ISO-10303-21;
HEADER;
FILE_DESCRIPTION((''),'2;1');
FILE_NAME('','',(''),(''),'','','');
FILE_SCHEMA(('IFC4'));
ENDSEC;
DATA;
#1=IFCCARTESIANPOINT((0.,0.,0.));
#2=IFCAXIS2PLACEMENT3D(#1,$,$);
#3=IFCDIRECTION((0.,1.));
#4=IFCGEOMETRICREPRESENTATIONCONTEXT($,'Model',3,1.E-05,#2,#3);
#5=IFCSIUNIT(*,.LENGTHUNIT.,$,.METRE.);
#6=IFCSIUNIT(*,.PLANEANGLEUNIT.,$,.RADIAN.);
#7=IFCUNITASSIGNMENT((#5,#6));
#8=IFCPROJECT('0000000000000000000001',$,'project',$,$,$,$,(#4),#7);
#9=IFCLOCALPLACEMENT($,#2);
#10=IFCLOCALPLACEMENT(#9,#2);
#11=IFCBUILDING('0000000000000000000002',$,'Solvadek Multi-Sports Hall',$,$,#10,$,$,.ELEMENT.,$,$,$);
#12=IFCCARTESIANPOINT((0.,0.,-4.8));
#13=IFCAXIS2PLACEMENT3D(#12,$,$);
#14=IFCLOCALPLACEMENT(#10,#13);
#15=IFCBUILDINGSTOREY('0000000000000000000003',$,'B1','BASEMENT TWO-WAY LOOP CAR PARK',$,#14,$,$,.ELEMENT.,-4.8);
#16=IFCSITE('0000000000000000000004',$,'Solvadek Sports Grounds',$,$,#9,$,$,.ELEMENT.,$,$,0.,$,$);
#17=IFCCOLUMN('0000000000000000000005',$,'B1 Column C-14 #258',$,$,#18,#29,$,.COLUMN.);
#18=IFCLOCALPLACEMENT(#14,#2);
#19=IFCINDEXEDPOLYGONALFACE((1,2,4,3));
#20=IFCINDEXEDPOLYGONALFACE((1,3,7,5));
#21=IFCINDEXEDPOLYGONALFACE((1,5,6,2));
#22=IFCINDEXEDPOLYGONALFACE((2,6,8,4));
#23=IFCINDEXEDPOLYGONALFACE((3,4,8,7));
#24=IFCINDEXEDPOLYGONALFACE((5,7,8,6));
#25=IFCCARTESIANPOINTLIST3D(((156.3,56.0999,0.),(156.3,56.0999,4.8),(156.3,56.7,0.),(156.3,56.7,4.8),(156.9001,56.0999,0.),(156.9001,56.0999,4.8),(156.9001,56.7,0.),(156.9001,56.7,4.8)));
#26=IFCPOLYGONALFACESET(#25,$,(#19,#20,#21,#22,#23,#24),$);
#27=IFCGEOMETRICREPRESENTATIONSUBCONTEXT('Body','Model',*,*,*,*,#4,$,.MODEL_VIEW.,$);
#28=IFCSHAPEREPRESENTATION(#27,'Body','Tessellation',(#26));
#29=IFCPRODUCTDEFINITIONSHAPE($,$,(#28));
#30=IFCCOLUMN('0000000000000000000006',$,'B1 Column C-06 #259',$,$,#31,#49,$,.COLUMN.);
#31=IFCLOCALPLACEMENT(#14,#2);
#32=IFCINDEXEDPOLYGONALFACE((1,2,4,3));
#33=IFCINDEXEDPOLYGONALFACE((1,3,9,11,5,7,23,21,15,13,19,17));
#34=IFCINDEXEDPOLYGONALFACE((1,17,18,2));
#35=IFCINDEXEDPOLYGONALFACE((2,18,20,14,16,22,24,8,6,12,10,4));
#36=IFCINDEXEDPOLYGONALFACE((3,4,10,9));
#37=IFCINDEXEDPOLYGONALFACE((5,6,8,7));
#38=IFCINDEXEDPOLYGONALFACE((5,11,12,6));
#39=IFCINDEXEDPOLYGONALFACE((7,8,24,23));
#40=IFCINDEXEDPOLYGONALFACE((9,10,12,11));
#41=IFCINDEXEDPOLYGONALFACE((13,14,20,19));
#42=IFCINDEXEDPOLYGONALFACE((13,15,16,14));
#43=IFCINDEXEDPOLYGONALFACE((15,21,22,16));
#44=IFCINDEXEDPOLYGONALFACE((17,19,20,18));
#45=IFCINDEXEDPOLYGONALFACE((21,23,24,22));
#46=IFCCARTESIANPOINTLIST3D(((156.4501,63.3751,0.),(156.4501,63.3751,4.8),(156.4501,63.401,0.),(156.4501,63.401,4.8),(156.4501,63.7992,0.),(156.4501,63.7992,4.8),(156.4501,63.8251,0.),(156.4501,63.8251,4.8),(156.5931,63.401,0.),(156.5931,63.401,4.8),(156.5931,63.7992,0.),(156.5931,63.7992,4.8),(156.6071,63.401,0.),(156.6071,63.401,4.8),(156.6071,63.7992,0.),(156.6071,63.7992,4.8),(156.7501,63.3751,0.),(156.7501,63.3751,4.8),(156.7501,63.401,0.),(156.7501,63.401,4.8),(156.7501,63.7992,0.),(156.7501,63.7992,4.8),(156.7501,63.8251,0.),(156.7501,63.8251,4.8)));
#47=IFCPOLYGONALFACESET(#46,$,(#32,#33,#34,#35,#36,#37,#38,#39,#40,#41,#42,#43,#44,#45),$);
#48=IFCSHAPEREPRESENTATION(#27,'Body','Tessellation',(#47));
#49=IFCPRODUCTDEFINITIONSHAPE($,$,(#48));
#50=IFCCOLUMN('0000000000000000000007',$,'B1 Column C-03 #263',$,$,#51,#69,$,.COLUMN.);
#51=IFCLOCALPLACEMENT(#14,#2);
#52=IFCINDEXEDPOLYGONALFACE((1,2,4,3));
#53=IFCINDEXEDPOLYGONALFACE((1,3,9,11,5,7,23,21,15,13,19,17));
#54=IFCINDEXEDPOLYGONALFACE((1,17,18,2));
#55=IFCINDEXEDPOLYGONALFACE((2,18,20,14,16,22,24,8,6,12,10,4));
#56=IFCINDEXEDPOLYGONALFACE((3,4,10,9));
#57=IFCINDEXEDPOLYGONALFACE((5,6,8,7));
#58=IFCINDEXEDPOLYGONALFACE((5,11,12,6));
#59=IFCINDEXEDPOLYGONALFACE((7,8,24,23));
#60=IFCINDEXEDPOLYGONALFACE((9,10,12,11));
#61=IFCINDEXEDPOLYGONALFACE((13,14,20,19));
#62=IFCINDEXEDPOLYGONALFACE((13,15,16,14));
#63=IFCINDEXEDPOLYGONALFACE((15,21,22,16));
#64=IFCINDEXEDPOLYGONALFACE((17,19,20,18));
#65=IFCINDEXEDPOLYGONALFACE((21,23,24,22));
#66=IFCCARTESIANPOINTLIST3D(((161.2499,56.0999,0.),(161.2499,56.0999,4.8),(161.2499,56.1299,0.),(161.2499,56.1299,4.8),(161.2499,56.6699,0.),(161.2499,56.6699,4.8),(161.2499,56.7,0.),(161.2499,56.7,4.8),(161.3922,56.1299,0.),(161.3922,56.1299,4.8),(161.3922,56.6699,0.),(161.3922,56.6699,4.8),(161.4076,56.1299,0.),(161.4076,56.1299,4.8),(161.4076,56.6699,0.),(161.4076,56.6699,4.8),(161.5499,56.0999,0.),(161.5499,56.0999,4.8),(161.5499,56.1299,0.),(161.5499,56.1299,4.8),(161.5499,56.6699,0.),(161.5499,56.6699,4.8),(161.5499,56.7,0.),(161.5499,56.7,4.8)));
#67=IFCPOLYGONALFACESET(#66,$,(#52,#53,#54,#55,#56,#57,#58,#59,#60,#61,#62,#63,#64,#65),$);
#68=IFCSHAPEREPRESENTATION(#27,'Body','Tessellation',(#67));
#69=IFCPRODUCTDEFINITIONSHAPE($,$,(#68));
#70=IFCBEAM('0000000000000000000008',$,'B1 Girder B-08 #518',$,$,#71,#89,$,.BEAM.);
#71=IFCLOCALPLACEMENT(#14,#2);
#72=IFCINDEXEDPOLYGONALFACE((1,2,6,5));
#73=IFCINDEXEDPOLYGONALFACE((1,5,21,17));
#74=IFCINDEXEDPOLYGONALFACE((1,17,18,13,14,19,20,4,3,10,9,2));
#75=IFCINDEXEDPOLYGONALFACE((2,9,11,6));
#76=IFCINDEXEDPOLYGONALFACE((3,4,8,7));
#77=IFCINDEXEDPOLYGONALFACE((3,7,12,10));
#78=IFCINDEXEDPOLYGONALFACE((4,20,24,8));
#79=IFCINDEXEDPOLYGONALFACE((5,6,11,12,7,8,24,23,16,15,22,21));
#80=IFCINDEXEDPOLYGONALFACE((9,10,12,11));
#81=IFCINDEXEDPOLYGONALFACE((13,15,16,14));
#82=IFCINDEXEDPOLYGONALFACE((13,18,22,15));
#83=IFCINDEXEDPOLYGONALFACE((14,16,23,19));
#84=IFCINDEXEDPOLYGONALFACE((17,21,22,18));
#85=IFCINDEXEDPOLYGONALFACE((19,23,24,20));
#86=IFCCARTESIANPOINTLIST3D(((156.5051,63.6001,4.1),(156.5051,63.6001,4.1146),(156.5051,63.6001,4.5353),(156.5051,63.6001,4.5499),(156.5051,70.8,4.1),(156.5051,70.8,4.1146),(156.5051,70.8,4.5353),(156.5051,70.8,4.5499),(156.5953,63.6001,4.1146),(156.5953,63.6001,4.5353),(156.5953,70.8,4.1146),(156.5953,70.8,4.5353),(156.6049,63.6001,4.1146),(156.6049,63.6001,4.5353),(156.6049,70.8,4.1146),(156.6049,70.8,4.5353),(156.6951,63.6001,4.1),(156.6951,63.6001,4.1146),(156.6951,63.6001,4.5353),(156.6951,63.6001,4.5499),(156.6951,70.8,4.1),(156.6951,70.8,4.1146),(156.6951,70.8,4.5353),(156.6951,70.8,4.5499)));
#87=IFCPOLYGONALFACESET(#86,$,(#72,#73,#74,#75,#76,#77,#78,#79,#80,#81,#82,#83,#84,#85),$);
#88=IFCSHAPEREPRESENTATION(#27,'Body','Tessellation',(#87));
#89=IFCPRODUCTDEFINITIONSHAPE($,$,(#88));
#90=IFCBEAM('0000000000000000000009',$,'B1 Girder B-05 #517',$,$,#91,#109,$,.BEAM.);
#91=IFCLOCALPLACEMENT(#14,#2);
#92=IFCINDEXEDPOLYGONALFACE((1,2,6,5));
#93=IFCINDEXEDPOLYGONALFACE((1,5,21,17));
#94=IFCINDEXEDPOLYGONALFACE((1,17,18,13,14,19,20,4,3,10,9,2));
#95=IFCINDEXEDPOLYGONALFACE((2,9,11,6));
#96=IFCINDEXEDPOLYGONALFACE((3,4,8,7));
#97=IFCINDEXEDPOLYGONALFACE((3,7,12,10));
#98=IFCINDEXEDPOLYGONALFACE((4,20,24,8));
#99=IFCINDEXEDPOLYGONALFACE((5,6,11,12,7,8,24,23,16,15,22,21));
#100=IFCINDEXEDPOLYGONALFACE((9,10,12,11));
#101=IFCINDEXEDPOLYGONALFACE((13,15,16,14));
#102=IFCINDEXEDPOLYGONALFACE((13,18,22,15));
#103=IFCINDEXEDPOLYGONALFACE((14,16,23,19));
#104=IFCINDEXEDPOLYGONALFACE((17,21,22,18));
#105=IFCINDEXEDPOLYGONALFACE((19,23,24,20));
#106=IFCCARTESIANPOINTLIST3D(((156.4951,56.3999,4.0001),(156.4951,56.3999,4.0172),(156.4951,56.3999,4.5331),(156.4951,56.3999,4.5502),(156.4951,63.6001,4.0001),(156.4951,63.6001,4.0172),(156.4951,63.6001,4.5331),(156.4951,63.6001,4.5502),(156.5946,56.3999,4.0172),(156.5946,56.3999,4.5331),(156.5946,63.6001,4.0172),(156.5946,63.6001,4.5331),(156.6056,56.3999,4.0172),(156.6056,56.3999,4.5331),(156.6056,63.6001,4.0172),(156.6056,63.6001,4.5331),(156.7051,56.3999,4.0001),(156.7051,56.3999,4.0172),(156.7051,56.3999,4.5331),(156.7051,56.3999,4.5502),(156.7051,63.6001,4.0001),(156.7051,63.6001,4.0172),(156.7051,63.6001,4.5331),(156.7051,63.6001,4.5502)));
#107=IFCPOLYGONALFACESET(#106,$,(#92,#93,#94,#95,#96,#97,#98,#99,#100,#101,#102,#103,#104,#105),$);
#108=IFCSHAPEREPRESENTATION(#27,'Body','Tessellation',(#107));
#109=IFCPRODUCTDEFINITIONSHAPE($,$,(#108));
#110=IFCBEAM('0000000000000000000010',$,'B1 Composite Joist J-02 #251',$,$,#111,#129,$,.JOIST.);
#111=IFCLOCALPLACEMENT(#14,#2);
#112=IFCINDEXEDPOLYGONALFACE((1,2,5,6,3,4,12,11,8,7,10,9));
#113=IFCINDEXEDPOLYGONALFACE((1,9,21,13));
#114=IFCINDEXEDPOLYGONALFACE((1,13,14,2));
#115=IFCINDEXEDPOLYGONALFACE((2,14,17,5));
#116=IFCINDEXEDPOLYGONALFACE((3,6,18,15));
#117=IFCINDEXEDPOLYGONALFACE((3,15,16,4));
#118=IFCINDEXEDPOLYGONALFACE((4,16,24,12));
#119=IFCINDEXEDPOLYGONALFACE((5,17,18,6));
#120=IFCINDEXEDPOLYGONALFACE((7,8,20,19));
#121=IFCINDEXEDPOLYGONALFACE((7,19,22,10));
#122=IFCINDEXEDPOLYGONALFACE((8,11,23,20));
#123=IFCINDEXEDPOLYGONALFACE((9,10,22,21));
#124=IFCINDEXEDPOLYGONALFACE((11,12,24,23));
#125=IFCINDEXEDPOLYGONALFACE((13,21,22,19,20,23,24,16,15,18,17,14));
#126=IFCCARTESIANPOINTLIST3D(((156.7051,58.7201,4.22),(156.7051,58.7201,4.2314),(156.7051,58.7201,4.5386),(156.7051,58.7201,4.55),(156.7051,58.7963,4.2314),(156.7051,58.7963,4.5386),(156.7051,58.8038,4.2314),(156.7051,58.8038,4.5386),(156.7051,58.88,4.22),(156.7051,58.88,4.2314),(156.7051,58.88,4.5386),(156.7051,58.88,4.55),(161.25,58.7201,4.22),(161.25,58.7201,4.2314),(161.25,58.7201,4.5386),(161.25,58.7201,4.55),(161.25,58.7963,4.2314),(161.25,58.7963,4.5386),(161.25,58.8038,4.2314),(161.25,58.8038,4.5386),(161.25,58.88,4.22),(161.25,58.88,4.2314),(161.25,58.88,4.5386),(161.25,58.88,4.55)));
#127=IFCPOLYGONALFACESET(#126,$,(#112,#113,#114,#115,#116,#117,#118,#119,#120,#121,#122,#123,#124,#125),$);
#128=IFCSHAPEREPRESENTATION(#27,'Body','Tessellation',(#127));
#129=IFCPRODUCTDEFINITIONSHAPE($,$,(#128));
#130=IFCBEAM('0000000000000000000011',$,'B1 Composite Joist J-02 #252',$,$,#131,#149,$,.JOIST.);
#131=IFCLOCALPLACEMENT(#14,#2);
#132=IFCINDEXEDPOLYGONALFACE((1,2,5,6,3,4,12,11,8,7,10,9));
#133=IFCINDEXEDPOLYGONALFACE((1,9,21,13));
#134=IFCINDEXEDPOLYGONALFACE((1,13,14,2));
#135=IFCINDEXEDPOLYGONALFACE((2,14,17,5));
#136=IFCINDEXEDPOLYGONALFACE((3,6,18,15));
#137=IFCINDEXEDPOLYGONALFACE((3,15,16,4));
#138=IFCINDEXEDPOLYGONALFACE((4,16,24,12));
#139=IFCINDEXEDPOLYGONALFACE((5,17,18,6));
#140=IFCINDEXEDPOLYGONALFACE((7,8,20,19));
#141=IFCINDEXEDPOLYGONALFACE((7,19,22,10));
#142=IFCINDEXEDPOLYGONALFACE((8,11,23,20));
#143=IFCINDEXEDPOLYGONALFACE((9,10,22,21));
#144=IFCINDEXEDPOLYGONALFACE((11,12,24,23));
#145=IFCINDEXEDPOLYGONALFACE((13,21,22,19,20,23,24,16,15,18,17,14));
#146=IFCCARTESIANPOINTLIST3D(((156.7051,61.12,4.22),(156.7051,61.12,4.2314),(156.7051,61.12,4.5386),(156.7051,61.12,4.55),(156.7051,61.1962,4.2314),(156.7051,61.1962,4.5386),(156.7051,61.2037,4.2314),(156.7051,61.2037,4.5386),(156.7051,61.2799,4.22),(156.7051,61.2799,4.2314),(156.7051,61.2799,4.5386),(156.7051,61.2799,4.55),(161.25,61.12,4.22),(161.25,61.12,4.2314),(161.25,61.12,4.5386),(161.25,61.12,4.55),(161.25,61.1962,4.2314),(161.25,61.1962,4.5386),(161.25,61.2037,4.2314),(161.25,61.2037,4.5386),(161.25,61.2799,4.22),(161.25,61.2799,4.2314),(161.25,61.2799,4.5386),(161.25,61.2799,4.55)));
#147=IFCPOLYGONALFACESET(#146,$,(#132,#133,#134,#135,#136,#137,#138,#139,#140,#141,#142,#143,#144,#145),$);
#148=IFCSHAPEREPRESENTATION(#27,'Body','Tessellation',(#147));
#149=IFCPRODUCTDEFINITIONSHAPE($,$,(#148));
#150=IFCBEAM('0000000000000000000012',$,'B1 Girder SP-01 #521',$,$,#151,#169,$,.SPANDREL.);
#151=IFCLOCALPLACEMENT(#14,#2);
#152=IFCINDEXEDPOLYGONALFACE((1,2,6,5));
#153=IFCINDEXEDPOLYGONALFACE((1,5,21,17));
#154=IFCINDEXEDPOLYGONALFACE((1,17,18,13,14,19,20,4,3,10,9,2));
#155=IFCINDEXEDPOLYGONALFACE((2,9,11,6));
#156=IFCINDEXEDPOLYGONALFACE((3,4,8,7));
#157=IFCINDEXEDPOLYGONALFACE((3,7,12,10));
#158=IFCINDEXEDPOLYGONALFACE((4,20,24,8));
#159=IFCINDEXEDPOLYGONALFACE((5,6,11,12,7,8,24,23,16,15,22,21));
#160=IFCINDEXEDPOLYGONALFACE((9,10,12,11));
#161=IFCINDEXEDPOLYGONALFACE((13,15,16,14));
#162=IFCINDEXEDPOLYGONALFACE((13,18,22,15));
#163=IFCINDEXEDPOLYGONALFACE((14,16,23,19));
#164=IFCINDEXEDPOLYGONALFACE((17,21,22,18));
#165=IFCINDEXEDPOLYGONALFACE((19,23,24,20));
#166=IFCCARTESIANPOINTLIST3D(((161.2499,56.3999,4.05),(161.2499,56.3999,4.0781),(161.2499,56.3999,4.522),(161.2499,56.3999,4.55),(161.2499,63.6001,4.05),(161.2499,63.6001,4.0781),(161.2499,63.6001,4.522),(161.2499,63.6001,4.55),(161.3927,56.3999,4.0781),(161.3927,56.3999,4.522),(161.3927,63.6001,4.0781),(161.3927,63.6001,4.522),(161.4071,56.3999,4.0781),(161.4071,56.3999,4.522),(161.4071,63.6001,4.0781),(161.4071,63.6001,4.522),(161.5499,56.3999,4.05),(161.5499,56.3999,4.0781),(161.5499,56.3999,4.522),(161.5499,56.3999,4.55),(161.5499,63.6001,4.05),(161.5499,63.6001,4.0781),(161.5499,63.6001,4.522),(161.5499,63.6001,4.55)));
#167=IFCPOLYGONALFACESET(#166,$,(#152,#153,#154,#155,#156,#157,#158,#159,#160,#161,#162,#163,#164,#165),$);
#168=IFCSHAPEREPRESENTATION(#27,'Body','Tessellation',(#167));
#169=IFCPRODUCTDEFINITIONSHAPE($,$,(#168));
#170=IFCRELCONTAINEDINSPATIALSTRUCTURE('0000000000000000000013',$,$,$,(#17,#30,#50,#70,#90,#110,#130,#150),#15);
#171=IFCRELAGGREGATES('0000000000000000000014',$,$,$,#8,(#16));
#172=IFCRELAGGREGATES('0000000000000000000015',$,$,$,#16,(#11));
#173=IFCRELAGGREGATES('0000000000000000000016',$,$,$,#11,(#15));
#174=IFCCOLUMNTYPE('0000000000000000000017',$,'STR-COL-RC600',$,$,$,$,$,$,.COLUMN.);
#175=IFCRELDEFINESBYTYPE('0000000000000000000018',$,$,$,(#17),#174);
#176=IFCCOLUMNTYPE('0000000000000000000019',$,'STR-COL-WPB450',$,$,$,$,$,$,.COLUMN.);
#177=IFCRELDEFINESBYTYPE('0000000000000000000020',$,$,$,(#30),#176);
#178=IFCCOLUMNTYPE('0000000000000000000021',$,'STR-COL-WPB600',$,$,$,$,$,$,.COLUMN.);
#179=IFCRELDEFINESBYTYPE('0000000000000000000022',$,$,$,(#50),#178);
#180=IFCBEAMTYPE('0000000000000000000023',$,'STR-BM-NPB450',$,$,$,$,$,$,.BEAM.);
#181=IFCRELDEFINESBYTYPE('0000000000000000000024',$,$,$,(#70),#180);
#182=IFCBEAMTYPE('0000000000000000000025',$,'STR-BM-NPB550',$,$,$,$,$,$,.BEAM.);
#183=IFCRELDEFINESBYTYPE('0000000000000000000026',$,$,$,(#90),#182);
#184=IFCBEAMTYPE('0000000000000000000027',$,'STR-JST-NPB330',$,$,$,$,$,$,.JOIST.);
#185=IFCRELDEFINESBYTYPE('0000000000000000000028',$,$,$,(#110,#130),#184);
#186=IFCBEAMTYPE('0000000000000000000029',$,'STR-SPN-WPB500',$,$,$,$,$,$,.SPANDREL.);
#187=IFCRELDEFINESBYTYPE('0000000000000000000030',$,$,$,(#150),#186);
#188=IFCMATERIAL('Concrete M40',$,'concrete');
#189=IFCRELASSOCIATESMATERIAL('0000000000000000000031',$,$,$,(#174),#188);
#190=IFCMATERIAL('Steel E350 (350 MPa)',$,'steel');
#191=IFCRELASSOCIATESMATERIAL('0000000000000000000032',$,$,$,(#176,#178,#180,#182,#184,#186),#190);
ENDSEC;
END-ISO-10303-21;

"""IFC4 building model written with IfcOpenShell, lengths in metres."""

from ifc_helpers import new_model, si_unit, direction, frame, origin, origin_2d, place, context, subcontext, project, spatial, rectangle, i_section, extrude, material, material_profile, profile_set, type_object, element, save


model = new_model("IFC4")

# Units and contexts
model_context = context("Model", 3, precision=1e-05, world=origin(), true_north=direction((0.0, 1.0)))
body_context = subcontext(model_context, "Body", "Model", "MODEL_VIEW")
ifc_project = project(units=[si_unit("LENGTHUNIT", "METRE"), si_unit("PLANEANGLEUNIT", "RADIAN")], contexts=[model_context])

# Site, building, storey
site_placement = place(None, origin())
site = spatial("IfcSite", under=ifc_project, at=site_placement, Name="Solvadek Sports Grounds", CompositionType="ELEMENT", RefElevation=0.0)
building_placement = place(site_placement, origin())
building = spatial("IfcBuilding", under=site, at=building_placement, Name="Solvadek Multi-Sports Hall", CompositionType="ELEMENT")
storey_placement = place(building_placement, frame((0.0, 0.0, -4.8)))
storey = spatial("IfcBuildingStorey", under=building, at=storey_placement, Name="B1", Description="BASEMENT TWO-WAY LOOP CAR PARK", CompositionType="ELEMENT", Elevation=-4.8)

# Shared definitions
ifc_material_1 = material(Name="Concrete M40", Category="concrete")

# Columns
ifc_material_profile_1 = material_profile(ifc_material_1, rectangle(XDim=0.6001, YDim=0.6001, at=origin_2d()), Name="RC 600x600")
ifc_profile_set_1 = profile_set([ifc_material_profile_1], Name="Concrete M40")
column_type_1 = type_object("IfcColumnType", Name="STR-COL-RC600", PredefinedType="COLUMN", material=ifc_profile_set_1)
column_1_placement = place(storey_placement, frame((156.6001, 56.3999, 0.0), z_axis=(0.0, 0.0, 1.0), x_axis=(1.0, 0.0, 0.0)))
element("IfcColumn", 1, at=column_1_placement, inside=storey, type_object=column_type_1, Name="B1 Column C-14 #258", PredefinedType="COLUMN", context=body_context, shape_type="SweptSolid", body=[
    extrude(rectangle(XDim=0.6001, YDim=0.6001, at=origin_2d()), origin(), (0.0, 0.0, 1.0), 4.8),
])
ifc_material_2 = material(Name="Steel E350 (350 MPa)", Category="steel")
ifc_material_profile_2 = material_profile(ifc_material_2, i_section(OverallWidth=0.3, OverallDepth=0.45, WebThickness=0.0139, FlangeThickness=0.0259, at=origin_2d()), Name="WPB 450")
ifc_profile_set_2 = profile_set([ifc_material_profile_2], Name="Steel E350 (350 MPa)")
column_type_2 = type_object("IfcColumnType", Name="STR-COL-WPB450", PredefinedType="COLUMN", material=ifc_profile_set_2)
column_2_placement = place(storey_placement, frame((156.6001, 63.6001, 0.0), z_axis=(0.0, 0.0, 1.0), x_axis=(1.0, 0.0, 0.0)))
element("IfcColumn", 2, at=column_2_placement, inside=storey, type_object=column_type_2, Name="B1 Column C-06 #259", PredefinedType="COLUMN", context=body_context, shape_type="SweptSolid", body=[
    extrude(i_section(OverallWidth=0.3, OverallDepth=0.45, WebThickness=0.0139, FlangeThickness=0.0259, at=origin_2d()), origin(), (0.0, 0.0, 1.0), 4.8),
])
ifc_material_profile_3 = material_profile(ifc_material_2, i_section(OverallWidth=0.3, OverallDepth=0.6001, WebThickness=0.0154, FlangeThickness=0.03, at=origin_2d()), Name="WPB 600")
ifc_profile_set_3 = profile_set([ifc_material_profile_3], Name="Steel E350 (350 MPa)")
column_type_3 = type_object("IfcColumnType", Name="STR-COL-WPB600", PredefinedType="COLUMN", material=ifc_profile_set_3)
column_3_placement = place(storey_placement, frame((161.3999, 56.3999, 0.0), z_axis=(0.0, 0.0, 1.0), x_axis=(1.0, 0.0, 0.0)))
element("IfcColumn", 3, at=column_3_placement, inside=storey, type_object=column_type_3, Name="B1 Column C-03 #263", PredefinedType="COLUMN", context=body_context, shape_type="SweptSolid", body=[
    extrude(i_section(OverallWidth=0.3, OverallDepth=0.6001, WebThickness=0.0154, FlangeThickness=0.03, at=origin_2d()), origin(), (0.0, 0.0, 1.0), 4.8),
])

# Beams
ifc_material_profile_4 = material_profile(ifc_material_2, i_section(OverallWidth=0.1899, OverallDepth=0.45, WebThickness=0.0095, FlangeThickness=0.0146, at=origin_2d()), Name="NPB 450")
ifc_profile_set_4 = profile_set([ifc_material_profile_4], Name="Steel E350 (350 MPa)")
beam_type_1 = type_object("IfcBeamType", Name="STR-BM-NPB450", PredefinedType="BEAM", material=ifc_profile_set_4)
beam_1_placement = place(storey_placement, frame((156.6001, 63.6001, 4.325), z_axis=(0.0, 1.0, 0.0), x_axis=(-1.0, 0.0, 0.0)))
element("IfcBeam", 4, at=beam_1_placement, inside=storey, type_object=beam_type_1, Name="B1 Girder B-08 #518", PredefinedType="BEAM", context=body_context, shape_type="SweptSolid", body=[
    extrude(i_section(OverallWidth=0.1899, OverallDepth=0.45, WebThickness=0.0095, FlangeThickness=0.0146, at=origin_2d()), origin(), (0.0, 0.0, 1.0), 7.2),
])
ifc_material_profile_5 = material_profile(ifc_material_2, i_section(OverallWidth=0.21, OverallDepth=0.55, WebThickness=0.011, FlangeThickness=0.0171, at=origin_2d()), Name="NPB 550")
ifc_profile_set_5 = profile_set([ifc_material_profile_5], Name="Steel E350 (350 MPa)")
beam_type_2 = type_object("IfcBeamType", Name="STR-BM-NPB550", PredefinedType="BEAM", material=ifc_profile_set_5)
beam_2_placement = place(storey_placement, frame((156.6001, 56.3999, 4.2751), z_axis=(0.0, 1.0, 0.0), x_axis=(-1.0, 0.0, 0.0)))
element("IfcBeam", 5, at=beam_2_placement, inside=storey, type_object=beam_type_2, Name="B1 Girder B-05 #517", PredefinedType="BEAM", context=body_context, shape_type="SweptSolid", body=[
    extrude(i_section(OverallWidth=0.21, OverallDepth=0.55, WebThickness=0.011, FlangeThickness=0.0171, at=origin_2d()), origin(), (0.0, 0.0, 1.0), 7.2002),
])
ifc_material_profile_6 = material_profile(ifc_material_2, i_section(OverallWidth=0.1599, OverallDepth=0.3301, WebThickness=0.0076, FlangeThickness=0.0115, at=origin_2d()), Name="NPB 330")
ifc_profile_set_6 = profile_set([ifc_material_profile_6], Name="Steel E350 (350 MPa)")
beam_type_3 = type_object("IfcBeamType", Name="STR-JST-NPB330", PredefinedType="JOIST", material=ifc_profile_set_6)
for number, where, z_axis, x_axis, name in (
    (6, (156.7051, 58.8, 4.385), (1.0, 0.0, 0.0), (0.0, 1.0, 0.0), "B1 Composite Joist J-02 #251"),
    (7, (156.7051, 61.2, 4.385), (1.0, 0.0, 0.0), (0.0, 1.0, 0.0), "B1 Composite Joist J-02 #252"),
):
    element("IfcBeam", number, at=place(storey_placement, frame(where, z_axis=z_axis, x_axis=x_axis)), inside=storey, type_object=beam_type_3, Name=name, PredefinedType="JOIST", context=body_context, shape_type="SweptSolid", body=[
        extrude(i_section(OverallWidth=0.1599, OverallDepth=0.3301, WebThickness=0.0076, FlangeThickness=0.0115, at=origin_2d()), origin(), (0.0, 0.0, 1.0), 4.5449),
    ])
ifc_material_profile_7 = material_profile(ifc_material_2, i_section(OverallWidth=0.3, OverallDepth=0.5, WebThickness=0.0144, FlangeThickness=0.0281, at=origin_2d()), Name="WPB 500")
ifc_profile_set_7 = profile_set([ifc_material_profile_7], Name="Steel E350 (350 MPa)")
beam_type_4 = type_object("IfcBeamType", Name="STR-SPN-WPB500", PredefinedType="SPANDREL", material=ifc_profile_set_7)
beam_3_placement = place(storey_placement, frame((161.3999, 56.3999, 4.3), z_axis=(0.0, 1.0, 0.0), x_axis=(-1.0, 0.0, 0.0)))
element("IfcBeam", 8, at=beam_3_placement, inside=storey, type_object=beam_type_4, Name="B1 Girder SP-01 #521", PredefinedType="SPANDREL", context=body_context, shape_type="SweptSolid", body=[
    extrude(i_section(OverallWidth=0.3, OverallDepth=0.5, WebThickness=0.0144, FlangeThickness=0.0281, at=origin_2d()), origin(), (0.0, 0.0, 1.0), 7.2002),
])

save(model, "model.ifc")
